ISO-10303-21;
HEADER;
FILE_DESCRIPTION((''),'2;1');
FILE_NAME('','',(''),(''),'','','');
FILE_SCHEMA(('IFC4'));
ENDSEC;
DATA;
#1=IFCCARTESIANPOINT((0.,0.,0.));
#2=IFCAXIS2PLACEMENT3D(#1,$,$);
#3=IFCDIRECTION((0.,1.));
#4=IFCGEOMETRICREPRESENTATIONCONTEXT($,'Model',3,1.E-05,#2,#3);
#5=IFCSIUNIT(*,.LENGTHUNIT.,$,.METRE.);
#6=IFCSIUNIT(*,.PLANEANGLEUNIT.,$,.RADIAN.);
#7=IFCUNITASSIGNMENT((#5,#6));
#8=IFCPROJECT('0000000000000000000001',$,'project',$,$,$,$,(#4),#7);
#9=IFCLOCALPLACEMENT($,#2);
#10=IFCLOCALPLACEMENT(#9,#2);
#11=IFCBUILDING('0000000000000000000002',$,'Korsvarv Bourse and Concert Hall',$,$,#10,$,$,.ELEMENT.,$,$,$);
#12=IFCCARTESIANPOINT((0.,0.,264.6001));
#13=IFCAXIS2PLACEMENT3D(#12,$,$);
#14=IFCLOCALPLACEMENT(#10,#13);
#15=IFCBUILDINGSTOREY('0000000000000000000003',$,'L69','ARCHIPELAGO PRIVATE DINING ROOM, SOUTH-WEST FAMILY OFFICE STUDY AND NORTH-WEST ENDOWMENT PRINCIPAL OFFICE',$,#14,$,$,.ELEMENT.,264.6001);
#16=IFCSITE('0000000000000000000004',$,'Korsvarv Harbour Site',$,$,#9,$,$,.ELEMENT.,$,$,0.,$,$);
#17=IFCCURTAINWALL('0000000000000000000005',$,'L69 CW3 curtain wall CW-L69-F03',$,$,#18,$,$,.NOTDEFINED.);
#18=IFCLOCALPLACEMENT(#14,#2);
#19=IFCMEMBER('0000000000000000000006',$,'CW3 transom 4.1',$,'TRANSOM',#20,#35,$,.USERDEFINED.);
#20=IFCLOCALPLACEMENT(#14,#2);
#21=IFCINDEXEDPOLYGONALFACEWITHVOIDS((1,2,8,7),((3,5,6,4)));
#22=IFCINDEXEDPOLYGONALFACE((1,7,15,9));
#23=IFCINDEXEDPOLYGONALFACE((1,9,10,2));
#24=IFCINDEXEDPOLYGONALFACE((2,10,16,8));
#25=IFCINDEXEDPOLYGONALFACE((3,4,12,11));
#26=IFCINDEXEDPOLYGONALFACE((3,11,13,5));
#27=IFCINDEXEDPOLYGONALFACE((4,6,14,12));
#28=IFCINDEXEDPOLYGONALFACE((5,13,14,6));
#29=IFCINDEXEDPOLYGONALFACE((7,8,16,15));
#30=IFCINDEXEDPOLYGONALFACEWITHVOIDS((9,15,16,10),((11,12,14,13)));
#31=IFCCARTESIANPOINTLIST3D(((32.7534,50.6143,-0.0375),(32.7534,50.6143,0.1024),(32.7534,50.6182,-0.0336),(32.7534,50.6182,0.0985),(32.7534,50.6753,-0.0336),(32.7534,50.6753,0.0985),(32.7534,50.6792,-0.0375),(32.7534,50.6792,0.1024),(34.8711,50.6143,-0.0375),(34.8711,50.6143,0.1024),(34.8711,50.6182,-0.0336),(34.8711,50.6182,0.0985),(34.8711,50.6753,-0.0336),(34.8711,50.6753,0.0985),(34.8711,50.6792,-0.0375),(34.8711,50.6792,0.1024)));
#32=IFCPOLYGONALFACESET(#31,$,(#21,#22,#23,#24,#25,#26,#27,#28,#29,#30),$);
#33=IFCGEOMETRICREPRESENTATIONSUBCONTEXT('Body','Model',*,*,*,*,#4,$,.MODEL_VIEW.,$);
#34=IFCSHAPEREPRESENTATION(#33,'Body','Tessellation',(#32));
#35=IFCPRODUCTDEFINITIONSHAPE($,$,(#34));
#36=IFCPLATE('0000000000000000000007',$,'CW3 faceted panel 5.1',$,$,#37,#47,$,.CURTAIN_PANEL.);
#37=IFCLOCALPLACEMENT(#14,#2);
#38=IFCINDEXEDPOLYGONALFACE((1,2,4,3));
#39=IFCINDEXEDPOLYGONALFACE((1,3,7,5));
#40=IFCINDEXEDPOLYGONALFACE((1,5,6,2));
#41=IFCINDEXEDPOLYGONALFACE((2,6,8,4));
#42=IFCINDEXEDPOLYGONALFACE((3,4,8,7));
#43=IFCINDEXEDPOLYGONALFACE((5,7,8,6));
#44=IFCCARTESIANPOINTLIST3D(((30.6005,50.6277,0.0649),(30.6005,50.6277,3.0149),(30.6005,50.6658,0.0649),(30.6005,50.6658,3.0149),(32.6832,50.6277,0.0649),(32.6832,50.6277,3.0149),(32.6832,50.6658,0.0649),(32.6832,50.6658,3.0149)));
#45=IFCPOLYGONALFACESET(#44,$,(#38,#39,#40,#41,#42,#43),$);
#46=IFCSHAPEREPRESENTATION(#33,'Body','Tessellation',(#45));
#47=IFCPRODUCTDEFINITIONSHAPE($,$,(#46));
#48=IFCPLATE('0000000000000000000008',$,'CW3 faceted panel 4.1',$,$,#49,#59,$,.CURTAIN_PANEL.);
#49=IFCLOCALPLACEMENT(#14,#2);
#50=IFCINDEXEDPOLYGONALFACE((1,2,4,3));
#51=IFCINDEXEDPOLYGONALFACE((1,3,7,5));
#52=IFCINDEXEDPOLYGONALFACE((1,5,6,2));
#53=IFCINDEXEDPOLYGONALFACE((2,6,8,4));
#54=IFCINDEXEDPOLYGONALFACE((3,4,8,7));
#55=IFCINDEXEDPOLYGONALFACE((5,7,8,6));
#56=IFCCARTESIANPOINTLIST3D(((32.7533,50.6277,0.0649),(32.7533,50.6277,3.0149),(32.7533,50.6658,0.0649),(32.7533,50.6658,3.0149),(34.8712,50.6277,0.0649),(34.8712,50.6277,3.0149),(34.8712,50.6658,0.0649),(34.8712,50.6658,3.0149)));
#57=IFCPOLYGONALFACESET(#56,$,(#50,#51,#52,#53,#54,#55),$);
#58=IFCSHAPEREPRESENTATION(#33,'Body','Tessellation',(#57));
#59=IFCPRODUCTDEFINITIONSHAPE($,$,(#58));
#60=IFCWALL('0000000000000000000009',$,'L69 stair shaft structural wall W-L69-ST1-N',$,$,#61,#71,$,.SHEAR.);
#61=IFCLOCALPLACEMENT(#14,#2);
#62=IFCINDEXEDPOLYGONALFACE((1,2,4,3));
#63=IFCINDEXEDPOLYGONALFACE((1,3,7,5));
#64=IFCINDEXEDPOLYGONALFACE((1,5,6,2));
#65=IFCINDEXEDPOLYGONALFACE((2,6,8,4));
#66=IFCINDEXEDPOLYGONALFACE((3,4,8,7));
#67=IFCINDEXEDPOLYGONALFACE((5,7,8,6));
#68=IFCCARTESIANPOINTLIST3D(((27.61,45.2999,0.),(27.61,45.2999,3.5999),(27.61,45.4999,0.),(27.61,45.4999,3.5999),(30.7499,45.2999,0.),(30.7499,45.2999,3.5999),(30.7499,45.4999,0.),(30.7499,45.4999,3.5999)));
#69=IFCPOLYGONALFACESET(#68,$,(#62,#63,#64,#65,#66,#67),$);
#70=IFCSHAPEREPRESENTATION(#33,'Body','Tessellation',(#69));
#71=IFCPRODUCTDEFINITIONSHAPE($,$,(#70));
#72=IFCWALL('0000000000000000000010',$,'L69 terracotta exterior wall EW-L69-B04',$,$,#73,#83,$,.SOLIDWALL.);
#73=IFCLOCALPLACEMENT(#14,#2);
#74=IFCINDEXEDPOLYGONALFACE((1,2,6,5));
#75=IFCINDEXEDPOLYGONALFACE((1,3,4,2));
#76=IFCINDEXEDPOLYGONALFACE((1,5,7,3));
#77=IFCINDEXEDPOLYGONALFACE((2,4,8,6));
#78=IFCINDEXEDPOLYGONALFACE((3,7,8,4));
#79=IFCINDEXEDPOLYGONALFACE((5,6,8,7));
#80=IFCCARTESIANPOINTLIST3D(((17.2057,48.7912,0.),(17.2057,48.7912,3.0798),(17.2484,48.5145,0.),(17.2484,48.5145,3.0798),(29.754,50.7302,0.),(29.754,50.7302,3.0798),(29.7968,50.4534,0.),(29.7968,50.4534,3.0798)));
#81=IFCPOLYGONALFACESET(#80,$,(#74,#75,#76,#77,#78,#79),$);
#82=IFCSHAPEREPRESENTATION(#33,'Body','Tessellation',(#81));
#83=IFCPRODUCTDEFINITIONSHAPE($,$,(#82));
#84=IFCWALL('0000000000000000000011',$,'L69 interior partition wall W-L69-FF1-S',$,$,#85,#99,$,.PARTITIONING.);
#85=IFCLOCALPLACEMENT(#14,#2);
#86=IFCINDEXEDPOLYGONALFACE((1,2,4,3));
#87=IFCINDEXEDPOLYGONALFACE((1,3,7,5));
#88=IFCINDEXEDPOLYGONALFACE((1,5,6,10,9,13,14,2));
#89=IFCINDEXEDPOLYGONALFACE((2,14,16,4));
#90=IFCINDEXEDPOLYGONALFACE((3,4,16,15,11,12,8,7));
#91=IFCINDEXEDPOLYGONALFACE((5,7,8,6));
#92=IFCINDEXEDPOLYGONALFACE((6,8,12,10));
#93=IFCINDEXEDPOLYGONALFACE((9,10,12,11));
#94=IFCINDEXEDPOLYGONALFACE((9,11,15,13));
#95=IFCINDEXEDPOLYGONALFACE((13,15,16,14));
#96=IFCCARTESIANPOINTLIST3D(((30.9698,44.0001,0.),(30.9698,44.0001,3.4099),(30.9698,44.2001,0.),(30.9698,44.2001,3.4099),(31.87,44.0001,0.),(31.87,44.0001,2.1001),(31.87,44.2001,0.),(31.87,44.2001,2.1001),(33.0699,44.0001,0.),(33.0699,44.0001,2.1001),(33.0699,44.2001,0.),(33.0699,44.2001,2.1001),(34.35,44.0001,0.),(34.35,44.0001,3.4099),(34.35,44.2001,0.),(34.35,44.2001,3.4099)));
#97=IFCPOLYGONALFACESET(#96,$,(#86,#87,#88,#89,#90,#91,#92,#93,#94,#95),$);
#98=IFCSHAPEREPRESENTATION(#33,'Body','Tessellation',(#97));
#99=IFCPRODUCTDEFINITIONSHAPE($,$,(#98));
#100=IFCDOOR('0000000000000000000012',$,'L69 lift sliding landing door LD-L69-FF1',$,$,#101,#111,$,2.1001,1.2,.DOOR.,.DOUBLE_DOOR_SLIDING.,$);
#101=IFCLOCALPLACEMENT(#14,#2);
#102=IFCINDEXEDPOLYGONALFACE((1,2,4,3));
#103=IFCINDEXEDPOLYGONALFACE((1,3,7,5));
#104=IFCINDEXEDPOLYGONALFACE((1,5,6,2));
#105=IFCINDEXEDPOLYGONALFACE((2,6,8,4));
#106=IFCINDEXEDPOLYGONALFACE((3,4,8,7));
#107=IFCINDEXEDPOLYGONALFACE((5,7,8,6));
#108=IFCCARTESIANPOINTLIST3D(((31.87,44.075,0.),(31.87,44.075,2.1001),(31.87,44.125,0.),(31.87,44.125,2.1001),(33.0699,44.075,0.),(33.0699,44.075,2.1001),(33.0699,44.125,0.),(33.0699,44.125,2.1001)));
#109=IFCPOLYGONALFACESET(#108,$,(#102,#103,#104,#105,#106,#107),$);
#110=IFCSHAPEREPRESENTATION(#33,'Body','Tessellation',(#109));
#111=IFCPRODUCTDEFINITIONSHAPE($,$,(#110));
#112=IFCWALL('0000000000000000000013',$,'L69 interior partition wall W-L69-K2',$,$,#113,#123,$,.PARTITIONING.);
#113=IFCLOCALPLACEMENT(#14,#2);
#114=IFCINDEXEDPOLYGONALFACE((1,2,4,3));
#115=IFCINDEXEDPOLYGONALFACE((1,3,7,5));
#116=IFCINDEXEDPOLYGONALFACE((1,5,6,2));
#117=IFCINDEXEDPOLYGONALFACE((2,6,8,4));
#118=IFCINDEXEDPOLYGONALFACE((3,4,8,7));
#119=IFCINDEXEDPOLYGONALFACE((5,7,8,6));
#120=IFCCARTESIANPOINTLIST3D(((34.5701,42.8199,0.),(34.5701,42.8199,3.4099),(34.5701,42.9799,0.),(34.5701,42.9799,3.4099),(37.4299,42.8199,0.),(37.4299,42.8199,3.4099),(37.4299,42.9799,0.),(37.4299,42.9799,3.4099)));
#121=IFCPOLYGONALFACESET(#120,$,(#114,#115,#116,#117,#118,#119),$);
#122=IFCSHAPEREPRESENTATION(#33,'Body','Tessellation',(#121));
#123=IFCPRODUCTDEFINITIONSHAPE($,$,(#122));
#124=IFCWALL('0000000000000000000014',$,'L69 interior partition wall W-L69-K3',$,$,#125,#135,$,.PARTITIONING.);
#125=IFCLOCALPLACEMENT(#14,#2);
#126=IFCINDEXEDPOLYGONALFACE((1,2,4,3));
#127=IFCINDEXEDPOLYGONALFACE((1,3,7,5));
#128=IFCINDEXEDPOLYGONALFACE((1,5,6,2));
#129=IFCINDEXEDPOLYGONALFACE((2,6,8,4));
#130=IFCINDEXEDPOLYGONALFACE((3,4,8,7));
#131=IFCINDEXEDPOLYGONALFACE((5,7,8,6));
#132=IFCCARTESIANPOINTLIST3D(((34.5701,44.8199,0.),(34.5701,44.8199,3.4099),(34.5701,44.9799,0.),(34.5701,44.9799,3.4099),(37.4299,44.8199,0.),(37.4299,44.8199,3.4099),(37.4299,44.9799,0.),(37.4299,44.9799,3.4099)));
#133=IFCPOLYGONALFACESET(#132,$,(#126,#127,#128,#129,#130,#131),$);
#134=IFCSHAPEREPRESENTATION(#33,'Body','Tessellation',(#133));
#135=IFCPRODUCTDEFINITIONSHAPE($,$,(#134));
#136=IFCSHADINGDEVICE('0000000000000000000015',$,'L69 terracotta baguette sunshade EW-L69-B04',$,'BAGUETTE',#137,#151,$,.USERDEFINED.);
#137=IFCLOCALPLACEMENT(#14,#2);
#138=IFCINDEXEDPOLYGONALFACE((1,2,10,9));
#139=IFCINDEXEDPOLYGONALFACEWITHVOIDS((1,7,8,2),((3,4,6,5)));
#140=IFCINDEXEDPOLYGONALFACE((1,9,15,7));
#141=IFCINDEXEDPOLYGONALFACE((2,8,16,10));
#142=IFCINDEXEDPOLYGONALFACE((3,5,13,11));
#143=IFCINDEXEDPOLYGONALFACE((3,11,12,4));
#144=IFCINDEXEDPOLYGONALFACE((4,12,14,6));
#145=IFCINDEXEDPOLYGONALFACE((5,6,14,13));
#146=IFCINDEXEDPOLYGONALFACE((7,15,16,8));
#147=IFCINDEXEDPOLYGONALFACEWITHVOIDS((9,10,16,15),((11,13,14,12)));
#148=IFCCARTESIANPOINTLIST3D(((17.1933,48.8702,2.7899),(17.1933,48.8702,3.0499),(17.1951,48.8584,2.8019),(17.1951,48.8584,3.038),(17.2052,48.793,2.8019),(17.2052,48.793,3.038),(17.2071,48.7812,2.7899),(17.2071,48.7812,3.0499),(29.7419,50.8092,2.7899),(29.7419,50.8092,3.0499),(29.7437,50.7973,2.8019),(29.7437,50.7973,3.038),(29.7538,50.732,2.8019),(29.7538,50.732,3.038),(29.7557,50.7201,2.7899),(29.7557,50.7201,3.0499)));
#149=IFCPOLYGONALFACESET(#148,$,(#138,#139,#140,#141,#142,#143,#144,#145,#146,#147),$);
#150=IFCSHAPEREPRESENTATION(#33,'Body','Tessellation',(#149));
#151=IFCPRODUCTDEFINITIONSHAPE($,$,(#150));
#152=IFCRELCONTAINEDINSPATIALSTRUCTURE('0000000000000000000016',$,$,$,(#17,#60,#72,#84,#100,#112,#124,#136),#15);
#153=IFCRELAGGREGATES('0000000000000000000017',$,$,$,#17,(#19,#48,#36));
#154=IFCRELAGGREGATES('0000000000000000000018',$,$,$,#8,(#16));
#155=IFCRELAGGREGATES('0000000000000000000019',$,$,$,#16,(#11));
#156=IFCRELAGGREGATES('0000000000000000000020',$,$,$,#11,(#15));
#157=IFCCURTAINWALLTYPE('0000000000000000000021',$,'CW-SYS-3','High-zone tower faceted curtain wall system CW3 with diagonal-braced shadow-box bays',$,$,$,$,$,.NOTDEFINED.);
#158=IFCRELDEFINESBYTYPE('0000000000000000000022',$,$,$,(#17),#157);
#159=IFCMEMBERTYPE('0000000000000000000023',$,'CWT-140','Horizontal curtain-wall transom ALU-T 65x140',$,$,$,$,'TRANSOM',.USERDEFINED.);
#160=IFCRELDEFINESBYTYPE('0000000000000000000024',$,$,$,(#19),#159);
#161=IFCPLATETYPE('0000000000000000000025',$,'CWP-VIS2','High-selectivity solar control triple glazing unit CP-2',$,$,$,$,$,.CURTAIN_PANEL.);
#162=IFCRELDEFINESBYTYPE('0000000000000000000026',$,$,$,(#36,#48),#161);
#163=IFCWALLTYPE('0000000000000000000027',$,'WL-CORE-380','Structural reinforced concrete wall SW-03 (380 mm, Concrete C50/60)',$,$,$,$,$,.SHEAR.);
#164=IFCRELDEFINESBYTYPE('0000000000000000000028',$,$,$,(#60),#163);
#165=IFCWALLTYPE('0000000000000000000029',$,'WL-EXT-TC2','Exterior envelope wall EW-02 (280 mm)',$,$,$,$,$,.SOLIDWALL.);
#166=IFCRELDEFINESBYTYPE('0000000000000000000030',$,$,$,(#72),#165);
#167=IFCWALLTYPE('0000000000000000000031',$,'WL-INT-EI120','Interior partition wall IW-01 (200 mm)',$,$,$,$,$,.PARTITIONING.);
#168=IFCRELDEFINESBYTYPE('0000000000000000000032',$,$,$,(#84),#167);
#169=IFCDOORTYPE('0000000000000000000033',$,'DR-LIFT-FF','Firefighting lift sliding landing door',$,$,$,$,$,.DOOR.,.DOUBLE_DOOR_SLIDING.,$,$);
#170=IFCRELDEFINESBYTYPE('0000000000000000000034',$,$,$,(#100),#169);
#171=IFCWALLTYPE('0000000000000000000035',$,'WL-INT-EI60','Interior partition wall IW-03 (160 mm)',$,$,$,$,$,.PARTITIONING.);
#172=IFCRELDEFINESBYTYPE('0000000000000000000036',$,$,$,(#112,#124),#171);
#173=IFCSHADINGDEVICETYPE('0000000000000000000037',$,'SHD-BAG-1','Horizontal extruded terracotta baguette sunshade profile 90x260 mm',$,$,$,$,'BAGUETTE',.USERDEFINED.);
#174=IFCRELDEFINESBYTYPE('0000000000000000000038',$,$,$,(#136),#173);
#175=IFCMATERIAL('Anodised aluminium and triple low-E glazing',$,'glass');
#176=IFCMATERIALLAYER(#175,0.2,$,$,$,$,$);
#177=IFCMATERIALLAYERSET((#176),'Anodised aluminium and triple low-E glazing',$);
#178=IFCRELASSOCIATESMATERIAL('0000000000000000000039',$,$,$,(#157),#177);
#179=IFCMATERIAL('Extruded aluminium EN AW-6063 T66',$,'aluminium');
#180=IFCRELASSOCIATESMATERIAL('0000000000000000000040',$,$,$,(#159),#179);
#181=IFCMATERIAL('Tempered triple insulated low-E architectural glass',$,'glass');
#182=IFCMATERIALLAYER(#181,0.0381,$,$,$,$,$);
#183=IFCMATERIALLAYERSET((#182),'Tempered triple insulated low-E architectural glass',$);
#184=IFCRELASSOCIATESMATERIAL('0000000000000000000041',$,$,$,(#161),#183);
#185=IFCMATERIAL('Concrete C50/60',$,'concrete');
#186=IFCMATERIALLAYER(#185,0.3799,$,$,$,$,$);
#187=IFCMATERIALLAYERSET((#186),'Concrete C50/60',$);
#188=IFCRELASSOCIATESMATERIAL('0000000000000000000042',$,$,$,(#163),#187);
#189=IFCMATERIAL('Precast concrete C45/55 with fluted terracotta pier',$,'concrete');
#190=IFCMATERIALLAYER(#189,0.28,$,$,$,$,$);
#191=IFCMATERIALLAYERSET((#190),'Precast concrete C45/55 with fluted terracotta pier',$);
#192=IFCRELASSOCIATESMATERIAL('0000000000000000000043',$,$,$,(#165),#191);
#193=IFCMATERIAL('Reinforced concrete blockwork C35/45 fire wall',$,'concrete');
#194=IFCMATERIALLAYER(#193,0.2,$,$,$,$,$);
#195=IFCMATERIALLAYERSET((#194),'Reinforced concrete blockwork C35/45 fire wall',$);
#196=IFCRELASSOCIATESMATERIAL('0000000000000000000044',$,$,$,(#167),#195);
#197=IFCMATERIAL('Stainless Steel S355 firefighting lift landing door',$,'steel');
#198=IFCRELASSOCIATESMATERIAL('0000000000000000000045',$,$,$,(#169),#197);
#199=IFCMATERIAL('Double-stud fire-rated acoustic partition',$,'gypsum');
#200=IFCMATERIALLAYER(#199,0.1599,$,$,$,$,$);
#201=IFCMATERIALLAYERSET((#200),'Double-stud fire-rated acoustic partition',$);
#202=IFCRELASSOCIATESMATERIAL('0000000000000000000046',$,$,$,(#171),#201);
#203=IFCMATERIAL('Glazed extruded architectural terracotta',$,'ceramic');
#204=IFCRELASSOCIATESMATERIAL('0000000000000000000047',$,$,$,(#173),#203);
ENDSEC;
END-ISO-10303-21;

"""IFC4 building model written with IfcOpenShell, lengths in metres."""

from ifc_helpers import new_model, si_unit, direction, frame, frame_2d, origin, origin_2d, place, context, subcontext, project, spatial, rectangle, hollow_rectangle, extrude, source, transform, mapped, material, layer, layer_set, material_profile, profile_set, type_object, element, fill, aggregate, save


model = new_model("IFC4")

# Units and contexts
model_context = context("Model", 3, precision=1e-05, world=origin(), true_north=direction((0.0, 1.0)))
body_context = subcontext(model_context, "Body", "Model", "MODEL_VIEW")
ifc_project = project(units=[si_unit("LENGTHUNIT", "METRE"), si_unit("PLANEANGLEUNIT", "RADIAN")], contexts=[model_context])

# Site, building, storey
site_placement = place(None, origin())
site = spatial("IfcSite", under=ifc_project, at=site_placement, Name="Korsvarv Harbour Site", CompositionType="ELEMENT", RefElevation=0.0)
building_placement = place(site_placement, origin())
building = spatial("IfcBuilding", under=site, at=building_placement, Name="Korsvarv Bourse and Concert Hall", CompositionType="ELEMENT")
storey_placement = place(building_placement, frame((0.0, 0.0, 264.6001)))
storey = spatial("IfcBuildingStorey", under=building, at=storey_placement, Name="L69", Description="ARCHIPELAGO PRIVATE DINING ROOM, SOUTH-WEST FAMILY OFFICE STUDY AND NORTH-WEST ENDOWMENT PRINCIPAL OFFICE", CompositionType="ELEMENT", Elevation=264.6001)

# Shared definitions
ifc_material_1 = material(Name="Concrete C50/60", Category="concrete")

# Curtain wall, member, plates
ifc_material_2 = material(Name="Anodised aluminium and triple low-E glazing", Category="glass")
ifc_layer_1 = layer(ifc_material_2, 0.2)
ifc_layer_set_1 = layer_set([ifc_layer_1], Name="Anodised aluminium and triple low-E glazing")
curtain_wall_type = type_object("IfcCurtainWallType", Name="CW-SYS-3", Description="High-zone tower faceted curtain wall system CW3 with diagonal-braced shadow-box bays", PredefinedType="NOTDEFINED", material=ifc_layer_set_1)
curtain_wall_placement = place(storey_placement, origin())
curtain_wall = element("IfcCurtainWall", 1, at=curtain_wall_placement, inside=storey, type_object=curtain_wall_type, Name="L69 CW3 curtain wall CW-L69-F03", PredefinedType="NOTDEFINED")
ifc_material_3 = material(Name="Extruded aluminium EN AW-6063 T66", Category="aluminium")
ifc_material_profile_1 = material_profile(ifc_material_3, hollow_rectangle(XDim=0.0649, YDim=0.1399, WallThickness=0.0039, at=origin_2d()), Name="ALU-T 65x140")
ifc_profile_set_1 = profile_set([ifc_material_profile_1], Name="Extruded aluminium EN AW-6063 T66")
member_type_1 = type_object("IfcMemberType", Name="CWT-140", Description="Horizontal curtain-wall transom ALU-T 65x140", ElementType="TRANSOM", PredefinedType="USERDEFINED", material=ifc_profile_set_1)
shared_shape_1 = source(origin(), body_context, "Body", "SweptSolid", [
    extrude(hollow_rectangle(XDim=0.0649, YDim=0.1399, WallThickness=0.0039, at=origin_2d()), origin(), (0.0, 0.0, 1.0), 2.1177),
])
member_1_placement = place(storey_placement, frame((34.8711, 50.6467, 0.0325), z_axis=(-1.0, 0.0, 0.0), x_axis=(0.0, -1.0, 0.0)))
member_1 = element("IfcMember", 2, at=member_1_placement, type_object=member_type_1, Name="CW3 transom 4.1", ObjectType="TRANSOM", PredefinedType="USERDEFINED", context=body_context, shape_type="MappedRepresentation", body=[
    mapped(shared_shape_1, transform((0.0, 0.0, 0.0), scale=1.0)),
])
ifc_material_4 = material(Name="Tempered triple insulated low-E architectural glass", Category="glass")
ifc_layer_2 = layer(ifc_material_4, 0.0381)
ifc_layer_set_2 = layer_set([ifc_layer_2], Name="Tempered triple insulated low-E architectural glass")
plate_type = type_object("IfcPlateType", Name="CWP-VIS2", Description="High-selectivity solar control triple glazing unit CP-2", PredefinedType="CURTAIN_PANEL", material=ifc_layer_set_2)
shared_shape_2 = source(origin(), body_context, "Body", "SweptSolid", [
    extrude(rectangle(XDim=2.0828, YDim=0.0381, at=origin_2d()), origin(), (0.0, 0.0, 1.0), 2.95),
])
plate_1_placement = place(storey_placement, frame((31.6418, 50.6467, 0.0649), z_axis=(0.0, 0.0, 1.0), x_axis=(-1.0, 0.0, 0.0)))
plate_1 = element("IfcPlate", 3, at=plate_1_placement, type_object=plate_type, Name="CW3 faceted panel 5.1", PredefinedType="CURTAIN_PANEL", context=body_context, shape_type="MappedRepresentation", body=[
    mapped(shared_shape_2, transform((0.0, 0.0, 0.0), scale=1.0)),
])
shared_shape_3 = source(origin(), body_context, "Body", "SweptSolid", [
    extrude(rectangle(XDim=2.1179, YDim=0.0381, at=origin_2d()), origin(), (0.0, 0.0, 1.0), 2.95),
])
plate_2_placement = place(storey_placement, frame((33.8123, 50.6467, 0.0649), z_axis=(0.0, 0.0, 1.0), x_axis=(-1.0, 0.0, 0.0)))
plate_2 = element("IfcPlate", 4, at=plate_2_placement, type_object=plate_type, Name="CW3 faceted panel 4.1", PredefinedType="CURTAIN_PANEL", context=body_context, shape_type="MappedRepresentation", body=[
    mapped(shared_shape_3, transform((0.0, 0.0, 0.0), scale=1.0)),
])
aggregate(curtain_wall, [member_1, plate_2, plate_1])

# Walls
ifc_layer_3 = layer(ifc_material_1, 0.3799)
ifc_layer_set_3 = layer_set([ifc_layer_3], Name="Concrete C50/60")
wall_type_1 = type_object("IfcWallType", Name="WL-CORE-380", Description="Structural reinforced concrete wall SW-03 (380 mm, Concrete C50/60)", PredefinedType="SHEAR", material=ifc_layer_set_3)
wall_1_placement = place(storey_placement, frame((27.6101, 45.3999, 0.0), z_axis=(0.0, 0.0, 1.0), x_axis=(1.0, 0.0, 0.0)))
element("IfcWall", 5, at=wall_1_placement, inside=storey, type_object=wall_type_1, Name="L69 stair shaft structural wall W-L69-ST1-N", PredefinedType="SHEAR", context=body_context, shape_type="SweptSolid", body=[
    extrude(rectangle(XDim=3.1399, YDim=0.2, at=frame_2d((1.5698, 0.0))), origin(), (0.0, 0.0, 1.0), 3.5999),
])
ifc_material_5 = material(Name="Precast concrete C45/55 with fluted terracotta pier", Category="concrete")
ifc_layer_4 = layer(ifc_material_5, 0.28)
ifc_layer_set_4 = layer_set([ifc_layer_4], Name="Precast concrete C45/55 with fluted terracotta pier")
wall_type_2 = type_object("IfcWallType", Name="WL-EXT-TC2", Description="Exterior envelope wall EW-02 (280 mm)", PredefinedType="SOLIDWALL", material=ifc_layer_set_4)
wall_2_placement = place(storey_placement, frame((29.7754, 50.5918, 0.0), z_axis=(0.0, 0.0, 1.0), x_axis=(-0.988271, -0.152707, 0.0)))
element("IfcWall", 6, at=wall_2_placement, inside=storey, type_object=wall_type_2, Name="L69 terracotta exterior wall EW-L69-B04", PredefinedType="SOLIDWALL", context=body_context, shape_type="SweptSolid", body=[
    extrude(rectangle(XDim=12.6973, YDim=0.28, at=frame_2d((6.3486, 0.0))), origin(), (0.0, 0.0, 1.0), 3.0798),
])

# Wall, opening, door
ifc_material_6 = material(Name="Reinforced concrete blockwork C35/45 fire wall", Category="concrete")
ifc_layer_5 = layer(ifc_material_6, 0.2)
ifc_layer_set_5 = layer_set([ifc_layer_5], Name="Reinforced concrete blockwork C35/45 fire wall")
wall_type_3 = type_object("IfcWallType", Name="WL-INT-EI120", Description="Interior partition wall IW-01 (200 mm)", PredefinedType="PARTITIONING", material=ifc_layer_set_5)
wall_3_placement = place(storey_placement, frame((30.97, 44.1001, 0.0), z_axis=(0.0, 0.0, 1.0), x_axis=(1.0, 0.0, 0.0)))
wall_3 = element("IfcWall", 7, at=wall_3_placement, inside=storey, type_object=wall_type_3, Name="L69 interior partition wall W-L69-FF1-S", PredefinedType="PARTITIONING", context=body_context, shape_type="SweptSolid", body=[
    extrude(rectangle(XDim=3.3801, YDim=0.2, at=frame_2d((1.6899, 0.0))), origin(), (0.0, 0.0, 1.0), 3.4099),
])
opening_placement = place(wall_3_placement, frame((0.8999, 0.0, 0.0)))
opening = element("IfcOpeningElement", 8, at=opening_placement, cuts=wall_3, PredefinedType="OPENING", context=body_context, shape_type="SweptSolid", body=[
    extrude(rectangle(XDim=1.2, YDim=2.1001, at=frame_2d((0.6001, 1.05))), frame((0.0, 0.1099, 0.0), z_axis=(0.0, -1.0, 0.0), x_axis=(1.0, 0.0, 0.0)), (0.0, 0.0, 1.0), 0.22),
])
ifc_material_7 = material(Name="Stainless Steel S355 firefighting lift landing door", Category="steel")
door_type = type_object("IfcDoorType", Name="DR-LIFT-FF", Description="Firefighting lift sliding landing door", OperationType="DOUBLE_DOOR_SLIDING", PredefinedType="DOOR", material=ifc_material_7)
door_placement = place(opening_placement, origin())
door = element("IfcDoor", 9, at=door_placement, inside=storey, type_object=door_type, Name="L69 lift sliding landing door LD-L69-FF1", OperationType="DOUBLE_DOOR_SLIDING", OverallHeight=2.1001, OverallWidth=1.2, PredefinedType="DOOR", context=body_context, shape_type="SweptSolid", body=[
    extrude(rectangle(XDim=1.2, YDim=2.1001, at=frame_2d((0.6001, 1.05))), frame((0.0, 0.0249, 0.0), z_axis=(0.0, -1.0, 0.0), x_axis=(1.0, 0.0, 0.0)), (0.0, 0.0, 1.0), 0.05),
])
fill(opening, door)

# Walls
ifc_material_8 = material(Name="Double-stud fire-rated acoustic partition", Category="gypsum")
ifc_layer_6 = layer(ifc_material_8, 0.1599)
ifc_layer_set_6 = layer_set([ifc_layer_6], Name="Double-stud fire-rated acoustic partition")
wall_type_4 = type_object("IfcWallType", Name="WL-INT-EI60", Description="Interior partition wall IW-03 (160 mm)", PredefinedType="PARTITIONING", material=ifc_layer_set_6)
for number, where, z_axis, x_axis, name in (
    (10, (34.5701, 42.8999, 0.0), (0.0, 0.0, 1.0), (1.0, 0.0, 0.0), "L69 interior partition wall W-L69-K2"),
    (11, (34.5701, 44.8999, 0.0), (0.0, 0.0, 1.0), (1.0, 0.0, 0.0), "L69 interior partition wall W-L69-K3"),
):
    element("IfcWall", number, at=place(storey_placement, frame(where, z_axis=z_axis, x_axis=x_axis)), inside=storey, type_object=wall_type_4, Name=name, PredefinedType="PARTITIONING", context=body_context, shape_type="SweptSolid", body=[
        extrude(rectangle(XDim=2.8599, YDim=0.1599, at=frame_2d((1.4299, 0.0))), origin(), (0.0, 0.0, 1.0), 3.4099),
    ])

# Shading device
ifc_material_9 = material(Name="Glazed extruded architectural terracotta", Category="ceramic")
ifc_material_profile_2 = material_profile(ifc_material_9, hollow_rectangle(XDim=0.0901, YDim=0.26, WallThickness=0.012, at=origin_2d()), Name="TC-BAG 90x260")
ifc_profile_set_2 = profile_set([ifc_material_profile_2], Name="Glazed extruded architectural terracotta")
shading_device_type = type_object("IfcShadingDeviceType", Name="SHD-BAG-1", Description="Horizontal extruded terracotta baguette sunshade profile 90x260 mm", ElementType="BAGUETTE", PredefinedType="USERDEFINED", material=ifc_profile_set_2)
shared_shape_4 = source(origin(), body_context, "Body", "SweptSolid", [
    extrude(hollow_rectangle(XDim=0.0901, YDim=0.26, WallThickness=0.012, at=origin_2d()), origin(), (0.0, 0.0, 1.0), 12.6975),
])
shading_device_placement = place(storey_placement, frame((29.7488, 50.7646, 2.9199), z_axis=(-0.988272, -0.152704, 0.0), x_axis=(0.152704, -0.988272, 0.0)))
element("IfcShadingDevice", 12, at=shading_device_placement, inside=storey, type_object=shading_device_type, Name="L69 terracotta baguette sunshade EW-L69-B04", ObjectType="BAGUETTE", PredefinedType="USERDEFINED", context=body_context, shape_type="MappedRepresentation", body=[
    mapped(shared_shape_4, transform((0.0, 0.0, 0.0), scale=1.0)),
])

save(model, "model.ifc")
